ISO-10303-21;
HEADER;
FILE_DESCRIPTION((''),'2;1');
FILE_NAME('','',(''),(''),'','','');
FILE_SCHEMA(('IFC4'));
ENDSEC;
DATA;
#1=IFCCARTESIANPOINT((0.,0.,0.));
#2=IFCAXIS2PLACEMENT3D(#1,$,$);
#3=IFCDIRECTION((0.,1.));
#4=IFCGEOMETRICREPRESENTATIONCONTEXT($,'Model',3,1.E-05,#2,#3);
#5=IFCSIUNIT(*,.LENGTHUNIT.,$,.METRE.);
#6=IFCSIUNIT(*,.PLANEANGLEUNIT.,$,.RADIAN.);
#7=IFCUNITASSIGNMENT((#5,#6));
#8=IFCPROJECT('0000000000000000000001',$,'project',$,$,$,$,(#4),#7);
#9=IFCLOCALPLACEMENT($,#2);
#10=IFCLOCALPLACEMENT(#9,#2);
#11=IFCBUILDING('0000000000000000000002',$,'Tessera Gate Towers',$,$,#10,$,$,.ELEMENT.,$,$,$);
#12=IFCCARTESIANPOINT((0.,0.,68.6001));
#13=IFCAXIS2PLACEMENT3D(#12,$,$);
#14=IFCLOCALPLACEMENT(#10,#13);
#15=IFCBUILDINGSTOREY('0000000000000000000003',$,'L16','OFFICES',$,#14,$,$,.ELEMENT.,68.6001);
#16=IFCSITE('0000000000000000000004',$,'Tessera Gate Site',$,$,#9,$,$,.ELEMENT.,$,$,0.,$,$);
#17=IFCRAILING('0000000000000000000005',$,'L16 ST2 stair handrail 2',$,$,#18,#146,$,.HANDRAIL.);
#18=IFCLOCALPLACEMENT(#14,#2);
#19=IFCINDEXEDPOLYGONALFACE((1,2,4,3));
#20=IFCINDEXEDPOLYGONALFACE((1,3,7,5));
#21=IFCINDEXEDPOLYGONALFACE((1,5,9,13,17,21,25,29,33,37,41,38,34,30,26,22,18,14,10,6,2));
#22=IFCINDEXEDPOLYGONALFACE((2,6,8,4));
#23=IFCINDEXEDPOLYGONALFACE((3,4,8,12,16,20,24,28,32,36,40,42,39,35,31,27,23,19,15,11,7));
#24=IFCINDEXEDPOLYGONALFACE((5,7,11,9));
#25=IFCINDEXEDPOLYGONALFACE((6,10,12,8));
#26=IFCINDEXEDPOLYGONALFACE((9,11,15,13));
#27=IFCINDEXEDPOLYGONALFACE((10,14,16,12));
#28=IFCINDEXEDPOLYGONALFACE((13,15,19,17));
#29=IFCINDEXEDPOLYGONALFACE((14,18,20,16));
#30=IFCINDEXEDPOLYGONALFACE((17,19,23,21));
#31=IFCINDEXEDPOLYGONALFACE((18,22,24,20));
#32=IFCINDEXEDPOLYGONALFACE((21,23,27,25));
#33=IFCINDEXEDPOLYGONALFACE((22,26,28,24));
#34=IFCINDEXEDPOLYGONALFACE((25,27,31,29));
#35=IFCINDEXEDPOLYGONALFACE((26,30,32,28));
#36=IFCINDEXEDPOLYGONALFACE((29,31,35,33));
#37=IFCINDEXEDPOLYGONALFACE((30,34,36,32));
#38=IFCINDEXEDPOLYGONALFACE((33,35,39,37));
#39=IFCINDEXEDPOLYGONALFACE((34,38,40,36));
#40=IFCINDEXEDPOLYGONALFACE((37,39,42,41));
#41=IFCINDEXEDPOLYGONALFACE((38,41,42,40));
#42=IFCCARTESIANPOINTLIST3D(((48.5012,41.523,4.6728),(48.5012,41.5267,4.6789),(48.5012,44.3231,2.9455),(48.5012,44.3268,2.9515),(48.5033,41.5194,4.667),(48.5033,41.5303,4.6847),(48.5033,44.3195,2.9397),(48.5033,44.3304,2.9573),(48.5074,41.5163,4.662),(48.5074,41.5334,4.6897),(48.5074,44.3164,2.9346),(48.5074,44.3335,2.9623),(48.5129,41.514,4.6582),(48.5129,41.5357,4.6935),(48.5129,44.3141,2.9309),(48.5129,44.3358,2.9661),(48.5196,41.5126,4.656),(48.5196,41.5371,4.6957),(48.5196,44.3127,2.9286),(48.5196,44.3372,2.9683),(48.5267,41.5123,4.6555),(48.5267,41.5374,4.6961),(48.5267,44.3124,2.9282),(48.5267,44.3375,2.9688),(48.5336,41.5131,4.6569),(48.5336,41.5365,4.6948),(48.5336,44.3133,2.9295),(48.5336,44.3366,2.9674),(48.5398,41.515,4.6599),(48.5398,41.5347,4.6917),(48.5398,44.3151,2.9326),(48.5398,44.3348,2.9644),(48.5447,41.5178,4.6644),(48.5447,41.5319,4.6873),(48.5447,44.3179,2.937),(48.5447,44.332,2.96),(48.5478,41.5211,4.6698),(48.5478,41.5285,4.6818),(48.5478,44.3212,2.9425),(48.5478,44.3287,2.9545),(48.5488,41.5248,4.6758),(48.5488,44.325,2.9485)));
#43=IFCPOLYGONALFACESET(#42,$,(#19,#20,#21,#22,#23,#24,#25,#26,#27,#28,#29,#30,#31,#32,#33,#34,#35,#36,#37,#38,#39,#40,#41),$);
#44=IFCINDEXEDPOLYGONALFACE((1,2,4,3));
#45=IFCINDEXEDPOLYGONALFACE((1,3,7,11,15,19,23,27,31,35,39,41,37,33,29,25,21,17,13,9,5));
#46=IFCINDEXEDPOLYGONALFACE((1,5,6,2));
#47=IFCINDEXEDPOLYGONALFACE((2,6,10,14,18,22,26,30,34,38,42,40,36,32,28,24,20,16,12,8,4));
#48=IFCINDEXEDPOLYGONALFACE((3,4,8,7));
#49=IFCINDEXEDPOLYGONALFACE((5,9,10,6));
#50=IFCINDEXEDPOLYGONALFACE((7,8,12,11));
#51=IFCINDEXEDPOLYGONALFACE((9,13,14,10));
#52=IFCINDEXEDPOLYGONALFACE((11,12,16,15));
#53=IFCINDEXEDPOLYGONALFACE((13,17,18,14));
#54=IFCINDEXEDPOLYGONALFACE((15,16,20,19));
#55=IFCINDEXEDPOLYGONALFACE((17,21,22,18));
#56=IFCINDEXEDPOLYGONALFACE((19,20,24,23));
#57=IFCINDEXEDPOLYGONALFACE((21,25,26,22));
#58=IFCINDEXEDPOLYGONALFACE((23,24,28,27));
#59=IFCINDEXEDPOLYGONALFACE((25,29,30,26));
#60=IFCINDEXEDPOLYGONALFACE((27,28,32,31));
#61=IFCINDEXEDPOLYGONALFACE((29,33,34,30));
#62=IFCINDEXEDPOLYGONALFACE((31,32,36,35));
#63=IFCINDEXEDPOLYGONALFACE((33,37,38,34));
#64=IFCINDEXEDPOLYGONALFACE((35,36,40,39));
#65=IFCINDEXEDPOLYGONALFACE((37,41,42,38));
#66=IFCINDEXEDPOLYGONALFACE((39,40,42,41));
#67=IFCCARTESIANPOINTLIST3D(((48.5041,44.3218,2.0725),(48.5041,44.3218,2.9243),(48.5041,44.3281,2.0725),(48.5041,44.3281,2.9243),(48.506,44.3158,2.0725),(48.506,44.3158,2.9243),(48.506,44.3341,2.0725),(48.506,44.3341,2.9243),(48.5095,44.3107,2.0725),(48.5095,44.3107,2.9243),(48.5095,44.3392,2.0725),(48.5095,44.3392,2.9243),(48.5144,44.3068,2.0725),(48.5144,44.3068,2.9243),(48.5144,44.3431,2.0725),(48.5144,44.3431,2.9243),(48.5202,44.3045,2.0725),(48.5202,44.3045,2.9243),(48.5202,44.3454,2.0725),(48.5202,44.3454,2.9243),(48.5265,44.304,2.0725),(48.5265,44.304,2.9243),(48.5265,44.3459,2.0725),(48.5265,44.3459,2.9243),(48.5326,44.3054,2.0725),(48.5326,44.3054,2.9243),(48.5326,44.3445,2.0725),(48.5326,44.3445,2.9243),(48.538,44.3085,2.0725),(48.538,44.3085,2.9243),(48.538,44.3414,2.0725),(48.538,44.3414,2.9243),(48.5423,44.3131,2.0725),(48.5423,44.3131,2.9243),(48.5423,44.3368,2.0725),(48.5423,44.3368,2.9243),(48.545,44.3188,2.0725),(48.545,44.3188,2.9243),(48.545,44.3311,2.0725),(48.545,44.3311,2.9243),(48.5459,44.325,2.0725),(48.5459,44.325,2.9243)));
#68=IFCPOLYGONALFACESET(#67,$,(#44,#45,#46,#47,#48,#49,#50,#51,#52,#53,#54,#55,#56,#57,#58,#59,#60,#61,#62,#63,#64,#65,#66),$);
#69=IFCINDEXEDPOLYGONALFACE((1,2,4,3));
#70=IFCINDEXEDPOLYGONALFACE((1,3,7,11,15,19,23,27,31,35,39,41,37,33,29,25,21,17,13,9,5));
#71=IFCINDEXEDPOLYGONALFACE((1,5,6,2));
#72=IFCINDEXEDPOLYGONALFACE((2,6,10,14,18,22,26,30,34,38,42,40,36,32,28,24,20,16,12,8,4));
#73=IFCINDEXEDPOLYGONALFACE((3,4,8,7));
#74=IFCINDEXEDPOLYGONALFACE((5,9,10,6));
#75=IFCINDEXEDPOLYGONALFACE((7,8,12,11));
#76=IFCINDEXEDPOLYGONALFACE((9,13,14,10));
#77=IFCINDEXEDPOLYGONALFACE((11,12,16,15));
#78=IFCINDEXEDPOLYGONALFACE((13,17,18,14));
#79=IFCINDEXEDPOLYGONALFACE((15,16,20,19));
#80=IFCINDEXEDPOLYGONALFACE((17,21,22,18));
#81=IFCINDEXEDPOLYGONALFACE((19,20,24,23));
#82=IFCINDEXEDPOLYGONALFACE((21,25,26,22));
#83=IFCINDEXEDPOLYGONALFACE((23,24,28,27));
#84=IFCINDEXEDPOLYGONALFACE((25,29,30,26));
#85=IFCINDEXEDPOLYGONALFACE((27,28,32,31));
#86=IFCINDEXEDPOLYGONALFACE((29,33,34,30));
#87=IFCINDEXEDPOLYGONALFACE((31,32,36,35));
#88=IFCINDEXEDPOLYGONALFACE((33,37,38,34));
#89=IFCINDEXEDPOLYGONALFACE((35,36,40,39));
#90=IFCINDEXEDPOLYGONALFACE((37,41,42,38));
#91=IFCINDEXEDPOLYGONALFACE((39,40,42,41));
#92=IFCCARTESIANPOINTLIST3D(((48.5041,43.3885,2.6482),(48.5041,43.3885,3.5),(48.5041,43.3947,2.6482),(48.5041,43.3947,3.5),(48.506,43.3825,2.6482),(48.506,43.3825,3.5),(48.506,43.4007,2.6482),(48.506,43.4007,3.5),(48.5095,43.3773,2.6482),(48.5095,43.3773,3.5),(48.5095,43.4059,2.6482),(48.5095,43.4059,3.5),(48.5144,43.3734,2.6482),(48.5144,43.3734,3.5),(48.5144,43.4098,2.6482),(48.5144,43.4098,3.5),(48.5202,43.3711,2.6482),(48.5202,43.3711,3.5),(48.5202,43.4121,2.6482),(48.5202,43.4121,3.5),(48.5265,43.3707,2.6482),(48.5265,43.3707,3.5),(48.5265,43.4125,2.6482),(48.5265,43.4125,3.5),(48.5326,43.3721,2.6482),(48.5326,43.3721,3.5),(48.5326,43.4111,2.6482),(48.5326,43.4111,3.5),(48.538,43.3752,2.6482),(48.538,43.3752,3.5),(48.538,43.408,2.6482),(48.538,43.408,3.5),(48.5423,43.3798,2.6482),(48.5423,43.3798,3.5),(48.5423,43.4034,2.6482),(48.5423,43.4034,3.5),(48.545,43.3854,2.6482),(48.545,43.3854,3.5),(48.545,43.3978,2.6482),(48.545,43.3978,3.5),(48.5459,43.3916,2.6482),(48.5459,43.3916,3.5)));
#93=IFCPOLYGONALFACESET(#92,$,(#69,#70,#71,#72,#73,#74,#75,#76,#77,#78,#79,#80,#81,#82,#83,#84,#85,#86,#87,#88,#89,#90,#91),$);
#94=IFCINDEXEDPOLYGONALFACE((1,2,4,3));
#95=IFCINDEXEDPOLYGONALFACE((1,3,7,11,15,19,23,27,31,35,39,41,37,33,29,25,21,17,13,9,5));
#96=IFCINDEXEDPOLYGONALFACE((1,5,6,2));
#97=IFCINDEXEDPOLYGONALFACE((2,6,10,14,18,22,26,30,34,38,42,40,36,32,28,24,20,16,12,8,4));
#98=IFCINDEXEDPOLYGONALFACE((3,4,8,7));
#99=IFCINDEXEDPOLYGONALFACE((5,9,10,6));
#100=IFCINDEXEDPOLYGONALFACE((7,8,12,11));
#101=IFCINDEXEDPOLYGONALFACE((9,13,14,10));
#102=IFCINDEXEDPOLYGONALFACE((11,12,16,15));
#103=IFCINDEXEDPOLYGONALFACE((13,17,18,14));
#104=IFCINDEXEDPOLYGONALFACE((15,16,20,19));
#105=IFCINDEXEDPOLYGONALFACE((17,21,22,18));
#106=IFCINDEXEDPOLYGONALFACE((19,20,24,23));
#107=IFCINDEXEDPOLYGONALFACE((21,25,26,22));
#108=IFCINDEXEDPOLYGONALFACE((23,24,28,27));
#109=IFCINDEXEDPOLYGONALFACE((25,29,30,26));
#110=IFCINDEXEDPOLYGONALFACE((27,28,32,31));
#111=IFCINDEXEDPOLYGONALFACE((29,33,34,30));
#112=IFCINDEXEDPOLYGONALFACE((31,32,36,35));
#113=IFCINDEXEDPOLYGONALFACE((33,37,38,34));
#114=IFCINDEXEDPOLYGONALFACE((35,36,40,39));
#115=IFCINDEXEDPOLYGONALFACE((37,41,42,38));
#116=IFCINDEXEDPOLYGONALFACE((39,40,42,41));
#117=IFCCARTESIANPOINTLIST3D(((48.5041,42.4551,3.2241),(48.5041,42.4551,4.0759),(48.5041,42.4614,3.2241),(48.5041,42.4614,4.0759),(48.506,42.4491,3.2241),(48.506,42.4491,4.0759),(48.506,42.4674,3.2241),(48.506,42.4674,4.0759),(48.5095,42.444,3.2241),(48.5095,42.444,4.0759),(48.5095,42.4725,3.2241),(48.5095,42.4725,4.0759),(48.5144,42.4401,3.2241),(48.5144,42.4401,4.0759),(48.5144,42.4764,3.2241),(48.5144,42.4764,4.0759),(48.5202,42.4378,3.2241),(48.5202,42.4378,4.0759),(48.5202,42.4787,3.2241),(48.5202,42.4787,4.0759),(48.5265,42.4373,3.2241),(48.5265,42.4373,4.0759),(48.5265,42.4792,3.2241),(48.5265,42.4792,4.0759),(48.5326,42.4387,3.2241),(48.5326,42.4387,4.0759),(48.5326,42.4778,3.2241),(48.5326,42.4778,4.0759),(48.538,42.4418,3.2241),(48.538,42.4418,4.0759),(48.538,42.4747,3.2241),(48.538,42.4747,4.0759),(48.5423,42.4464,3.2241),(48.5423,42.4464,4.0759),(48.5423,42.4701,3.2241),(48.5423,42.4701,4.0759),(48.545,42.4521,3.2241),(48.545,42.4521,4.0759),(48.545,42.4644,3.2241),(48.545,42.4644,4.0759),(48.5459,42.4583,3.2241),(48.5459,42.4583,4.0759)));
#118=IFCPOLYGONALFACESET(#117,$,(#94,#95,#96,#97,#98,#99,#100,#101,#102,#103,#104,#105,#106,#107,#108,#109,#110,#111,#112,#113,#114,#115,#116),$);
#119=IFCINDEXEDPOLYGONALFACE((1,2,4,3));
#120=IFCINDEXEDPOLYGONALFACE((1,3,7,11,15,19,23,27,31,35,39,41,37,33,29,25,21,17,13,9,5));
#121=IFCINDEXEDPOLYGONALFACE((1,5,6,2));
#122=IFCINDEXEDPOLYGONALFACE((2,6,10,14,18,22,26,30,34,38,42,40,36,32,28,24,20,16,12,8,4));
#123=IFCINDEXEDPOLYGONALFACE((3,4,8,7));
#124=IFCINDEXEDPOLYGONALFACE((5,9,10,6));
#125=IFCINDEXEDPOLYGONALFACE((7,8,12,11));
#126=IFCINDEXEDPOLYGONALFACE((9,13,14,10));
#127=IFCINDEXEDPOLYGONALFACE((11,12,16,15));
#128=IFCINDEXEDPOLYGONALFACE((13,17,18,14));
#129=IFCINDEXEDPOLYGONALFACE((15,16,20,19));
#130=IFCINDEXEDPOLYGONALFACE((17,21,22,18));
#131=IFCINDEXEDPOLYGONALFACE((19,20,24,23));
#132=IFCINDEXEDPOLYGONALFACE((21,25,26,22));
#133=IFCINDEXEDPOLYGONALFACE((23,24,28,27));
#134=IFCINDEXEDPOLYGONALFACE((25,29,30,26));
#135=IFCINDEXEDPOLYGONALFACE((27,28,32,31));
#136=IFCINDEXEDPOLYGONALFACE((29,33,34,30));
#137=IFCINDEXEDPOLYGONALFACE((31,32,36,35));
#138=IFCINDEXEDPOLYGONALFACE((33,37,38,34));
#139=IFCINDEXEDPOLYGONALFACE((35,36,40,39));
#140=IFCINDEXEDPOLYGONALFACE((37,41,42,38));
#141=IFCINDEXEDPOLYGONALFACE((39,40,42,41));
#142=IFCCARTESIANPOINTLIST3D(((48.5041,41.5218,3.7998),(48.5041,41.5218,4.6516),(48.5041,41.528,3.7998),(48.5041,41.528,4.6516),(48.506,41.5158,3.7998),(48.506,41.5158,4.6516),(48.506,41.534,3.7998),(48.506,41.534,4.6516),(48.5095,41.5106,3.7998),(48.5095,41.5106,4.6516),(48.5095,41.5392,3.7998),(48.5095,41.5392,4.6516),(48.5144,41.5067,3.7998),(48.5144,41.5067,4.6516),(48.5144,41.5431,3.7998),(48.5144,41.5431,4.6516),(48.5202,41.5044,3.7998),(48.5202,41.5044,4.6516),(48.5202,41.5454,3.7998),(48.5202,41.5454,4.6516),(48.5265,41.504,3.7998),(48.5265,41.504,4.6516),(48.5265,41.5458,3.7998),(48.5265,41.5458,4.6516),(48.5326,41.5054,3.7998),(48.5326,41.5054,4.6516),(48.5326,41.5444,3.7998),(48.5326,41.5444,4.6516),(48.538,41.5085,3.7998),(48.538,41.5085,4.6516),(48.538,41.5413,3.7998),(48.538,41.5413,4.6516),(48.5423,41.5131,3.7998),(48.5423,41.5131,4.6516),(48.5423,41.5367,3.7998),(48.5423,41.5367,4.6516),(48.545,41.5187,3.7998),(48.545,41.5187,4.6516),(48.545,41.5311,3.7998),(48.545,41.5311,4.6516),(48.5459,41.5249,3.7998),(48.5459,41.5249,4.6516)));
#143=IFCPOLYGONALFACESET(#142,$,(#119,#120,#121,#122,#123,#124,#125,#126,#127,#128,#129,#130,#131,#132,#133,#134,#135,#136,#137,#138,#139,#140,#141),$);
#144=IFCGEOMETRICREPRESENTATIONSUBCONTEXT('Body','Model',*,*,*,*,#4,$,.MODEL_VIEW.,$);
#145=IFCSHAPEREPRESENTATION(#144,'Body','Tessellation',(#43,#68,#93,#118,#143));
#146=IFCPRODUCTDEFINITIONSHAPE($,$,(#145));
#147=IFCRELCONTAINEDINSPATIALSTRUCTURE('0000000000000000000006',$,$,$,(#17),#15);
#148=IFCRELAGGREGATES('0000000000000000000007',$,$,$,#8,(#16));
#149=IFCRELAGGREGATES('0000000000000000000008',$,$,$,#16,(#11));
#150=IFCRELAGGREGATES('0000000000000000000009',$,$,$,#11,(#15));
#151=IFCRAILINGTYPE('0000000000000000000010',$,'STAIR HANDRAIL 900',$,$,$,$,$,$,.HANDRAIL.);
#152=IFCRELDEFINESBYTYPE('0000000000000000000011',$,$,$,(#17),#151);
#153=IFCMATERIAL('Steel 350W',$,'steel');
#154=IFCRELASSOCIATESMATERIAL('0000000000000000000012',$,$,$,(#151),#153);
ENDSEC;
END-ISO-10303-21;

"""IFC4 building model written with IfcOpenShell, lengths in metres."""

from ifc_helpers import new_model, si_unit, direction, frame, origin, origin_2d, place, context, subcontext, project, spatial, circle, extrude, material, type_object, element, save


model = new_model("IFC4")

# Units and contexts
model_context = context("Model", 3, precision=1e-05, world=origin(), true_north=direction((0.0, 1.0)))
body_context = subcontext(model_context, "Body", "Model", "MODEL_VIEW")
ifc_project = project(units=[si_unit("LENGTHUNIT", "METRE"), si_unit("PLANEANGLEUNIT", "RADIAN")], contexts=[model_context])

# Site, building, storey
site_placement = place(None, origin())
site = spatial("IfcSite", under=ifc_project, at=site_placement, Name="Tessera Gate Site", CompositionType="ELEMENT", RefElevation=0.0)
building_placement = place(site_placement, origin())
building = spatial("IfcBuilding", under=site, at=building_placement, Name="Tessera Gate Towers", CompositionType="ELEMENT")
storey_placement = place(building_placement, frame((0.0, 0.0, 68.6001)))
storey = spatial("IfcBuildingStorey", under=building, at=storey_placement, Name="L16", Description="OFFICES", CompositionType="ELEMENT", Elevation=68.6001)

# Railing
ifc_material_1 = material(Name="Steel 350W", Category="steel")
railing_type_1 = type_object("IfcRailingType", Name="STAIR HANDRAIL 900", PredefinedType="HANDRAIL", material=ifc_material_1)
railing_1_placement = place(storey_placement, frame((48.5249, 44.325, 2.0725)))
element("IfcRailing", 1, at=railing_1_placement, inside=storey, type_object=railing_type_1, Name="L16 ST2 stair handrail 2", PredefinedType="HANDRAIL", context=body_context, shape_type="SweptSolid", body=[
    extrude(circle(Radius=0.0239, at=origin_2d()), frame((0.0, 0.0, 0.876), z_axis=(0.0, -0.85109, 0.52502), x_axis=(1.0, 0.0, 0.0)), (0.0, 0.0, 1.0), 3.29),
    extrude(circle(Radius=0.021, at=origin_2d()), origin(), (0.0, 0.0, 1.0), 0.8518),
    extrude(circle(Radius=0.021, at=origin_2d()), frame((0.0, -0.9333, 0.5757)), (0.0, 0.0, 1.0), 0.8518),
    extrude(circle(Radius=0.021, at=origin_2d()), frame((0.0, -1.8667, 1.1516)), (0.0, 0.0, 1.0), 0.8518),
    extrude(circle(Radius=0.021, at=origin_2d()), frame((0.0, -2.8, 1.7273)), (0.0, 0.0, 1.0), 0.8518),
])

save(model, "model.ifc")
